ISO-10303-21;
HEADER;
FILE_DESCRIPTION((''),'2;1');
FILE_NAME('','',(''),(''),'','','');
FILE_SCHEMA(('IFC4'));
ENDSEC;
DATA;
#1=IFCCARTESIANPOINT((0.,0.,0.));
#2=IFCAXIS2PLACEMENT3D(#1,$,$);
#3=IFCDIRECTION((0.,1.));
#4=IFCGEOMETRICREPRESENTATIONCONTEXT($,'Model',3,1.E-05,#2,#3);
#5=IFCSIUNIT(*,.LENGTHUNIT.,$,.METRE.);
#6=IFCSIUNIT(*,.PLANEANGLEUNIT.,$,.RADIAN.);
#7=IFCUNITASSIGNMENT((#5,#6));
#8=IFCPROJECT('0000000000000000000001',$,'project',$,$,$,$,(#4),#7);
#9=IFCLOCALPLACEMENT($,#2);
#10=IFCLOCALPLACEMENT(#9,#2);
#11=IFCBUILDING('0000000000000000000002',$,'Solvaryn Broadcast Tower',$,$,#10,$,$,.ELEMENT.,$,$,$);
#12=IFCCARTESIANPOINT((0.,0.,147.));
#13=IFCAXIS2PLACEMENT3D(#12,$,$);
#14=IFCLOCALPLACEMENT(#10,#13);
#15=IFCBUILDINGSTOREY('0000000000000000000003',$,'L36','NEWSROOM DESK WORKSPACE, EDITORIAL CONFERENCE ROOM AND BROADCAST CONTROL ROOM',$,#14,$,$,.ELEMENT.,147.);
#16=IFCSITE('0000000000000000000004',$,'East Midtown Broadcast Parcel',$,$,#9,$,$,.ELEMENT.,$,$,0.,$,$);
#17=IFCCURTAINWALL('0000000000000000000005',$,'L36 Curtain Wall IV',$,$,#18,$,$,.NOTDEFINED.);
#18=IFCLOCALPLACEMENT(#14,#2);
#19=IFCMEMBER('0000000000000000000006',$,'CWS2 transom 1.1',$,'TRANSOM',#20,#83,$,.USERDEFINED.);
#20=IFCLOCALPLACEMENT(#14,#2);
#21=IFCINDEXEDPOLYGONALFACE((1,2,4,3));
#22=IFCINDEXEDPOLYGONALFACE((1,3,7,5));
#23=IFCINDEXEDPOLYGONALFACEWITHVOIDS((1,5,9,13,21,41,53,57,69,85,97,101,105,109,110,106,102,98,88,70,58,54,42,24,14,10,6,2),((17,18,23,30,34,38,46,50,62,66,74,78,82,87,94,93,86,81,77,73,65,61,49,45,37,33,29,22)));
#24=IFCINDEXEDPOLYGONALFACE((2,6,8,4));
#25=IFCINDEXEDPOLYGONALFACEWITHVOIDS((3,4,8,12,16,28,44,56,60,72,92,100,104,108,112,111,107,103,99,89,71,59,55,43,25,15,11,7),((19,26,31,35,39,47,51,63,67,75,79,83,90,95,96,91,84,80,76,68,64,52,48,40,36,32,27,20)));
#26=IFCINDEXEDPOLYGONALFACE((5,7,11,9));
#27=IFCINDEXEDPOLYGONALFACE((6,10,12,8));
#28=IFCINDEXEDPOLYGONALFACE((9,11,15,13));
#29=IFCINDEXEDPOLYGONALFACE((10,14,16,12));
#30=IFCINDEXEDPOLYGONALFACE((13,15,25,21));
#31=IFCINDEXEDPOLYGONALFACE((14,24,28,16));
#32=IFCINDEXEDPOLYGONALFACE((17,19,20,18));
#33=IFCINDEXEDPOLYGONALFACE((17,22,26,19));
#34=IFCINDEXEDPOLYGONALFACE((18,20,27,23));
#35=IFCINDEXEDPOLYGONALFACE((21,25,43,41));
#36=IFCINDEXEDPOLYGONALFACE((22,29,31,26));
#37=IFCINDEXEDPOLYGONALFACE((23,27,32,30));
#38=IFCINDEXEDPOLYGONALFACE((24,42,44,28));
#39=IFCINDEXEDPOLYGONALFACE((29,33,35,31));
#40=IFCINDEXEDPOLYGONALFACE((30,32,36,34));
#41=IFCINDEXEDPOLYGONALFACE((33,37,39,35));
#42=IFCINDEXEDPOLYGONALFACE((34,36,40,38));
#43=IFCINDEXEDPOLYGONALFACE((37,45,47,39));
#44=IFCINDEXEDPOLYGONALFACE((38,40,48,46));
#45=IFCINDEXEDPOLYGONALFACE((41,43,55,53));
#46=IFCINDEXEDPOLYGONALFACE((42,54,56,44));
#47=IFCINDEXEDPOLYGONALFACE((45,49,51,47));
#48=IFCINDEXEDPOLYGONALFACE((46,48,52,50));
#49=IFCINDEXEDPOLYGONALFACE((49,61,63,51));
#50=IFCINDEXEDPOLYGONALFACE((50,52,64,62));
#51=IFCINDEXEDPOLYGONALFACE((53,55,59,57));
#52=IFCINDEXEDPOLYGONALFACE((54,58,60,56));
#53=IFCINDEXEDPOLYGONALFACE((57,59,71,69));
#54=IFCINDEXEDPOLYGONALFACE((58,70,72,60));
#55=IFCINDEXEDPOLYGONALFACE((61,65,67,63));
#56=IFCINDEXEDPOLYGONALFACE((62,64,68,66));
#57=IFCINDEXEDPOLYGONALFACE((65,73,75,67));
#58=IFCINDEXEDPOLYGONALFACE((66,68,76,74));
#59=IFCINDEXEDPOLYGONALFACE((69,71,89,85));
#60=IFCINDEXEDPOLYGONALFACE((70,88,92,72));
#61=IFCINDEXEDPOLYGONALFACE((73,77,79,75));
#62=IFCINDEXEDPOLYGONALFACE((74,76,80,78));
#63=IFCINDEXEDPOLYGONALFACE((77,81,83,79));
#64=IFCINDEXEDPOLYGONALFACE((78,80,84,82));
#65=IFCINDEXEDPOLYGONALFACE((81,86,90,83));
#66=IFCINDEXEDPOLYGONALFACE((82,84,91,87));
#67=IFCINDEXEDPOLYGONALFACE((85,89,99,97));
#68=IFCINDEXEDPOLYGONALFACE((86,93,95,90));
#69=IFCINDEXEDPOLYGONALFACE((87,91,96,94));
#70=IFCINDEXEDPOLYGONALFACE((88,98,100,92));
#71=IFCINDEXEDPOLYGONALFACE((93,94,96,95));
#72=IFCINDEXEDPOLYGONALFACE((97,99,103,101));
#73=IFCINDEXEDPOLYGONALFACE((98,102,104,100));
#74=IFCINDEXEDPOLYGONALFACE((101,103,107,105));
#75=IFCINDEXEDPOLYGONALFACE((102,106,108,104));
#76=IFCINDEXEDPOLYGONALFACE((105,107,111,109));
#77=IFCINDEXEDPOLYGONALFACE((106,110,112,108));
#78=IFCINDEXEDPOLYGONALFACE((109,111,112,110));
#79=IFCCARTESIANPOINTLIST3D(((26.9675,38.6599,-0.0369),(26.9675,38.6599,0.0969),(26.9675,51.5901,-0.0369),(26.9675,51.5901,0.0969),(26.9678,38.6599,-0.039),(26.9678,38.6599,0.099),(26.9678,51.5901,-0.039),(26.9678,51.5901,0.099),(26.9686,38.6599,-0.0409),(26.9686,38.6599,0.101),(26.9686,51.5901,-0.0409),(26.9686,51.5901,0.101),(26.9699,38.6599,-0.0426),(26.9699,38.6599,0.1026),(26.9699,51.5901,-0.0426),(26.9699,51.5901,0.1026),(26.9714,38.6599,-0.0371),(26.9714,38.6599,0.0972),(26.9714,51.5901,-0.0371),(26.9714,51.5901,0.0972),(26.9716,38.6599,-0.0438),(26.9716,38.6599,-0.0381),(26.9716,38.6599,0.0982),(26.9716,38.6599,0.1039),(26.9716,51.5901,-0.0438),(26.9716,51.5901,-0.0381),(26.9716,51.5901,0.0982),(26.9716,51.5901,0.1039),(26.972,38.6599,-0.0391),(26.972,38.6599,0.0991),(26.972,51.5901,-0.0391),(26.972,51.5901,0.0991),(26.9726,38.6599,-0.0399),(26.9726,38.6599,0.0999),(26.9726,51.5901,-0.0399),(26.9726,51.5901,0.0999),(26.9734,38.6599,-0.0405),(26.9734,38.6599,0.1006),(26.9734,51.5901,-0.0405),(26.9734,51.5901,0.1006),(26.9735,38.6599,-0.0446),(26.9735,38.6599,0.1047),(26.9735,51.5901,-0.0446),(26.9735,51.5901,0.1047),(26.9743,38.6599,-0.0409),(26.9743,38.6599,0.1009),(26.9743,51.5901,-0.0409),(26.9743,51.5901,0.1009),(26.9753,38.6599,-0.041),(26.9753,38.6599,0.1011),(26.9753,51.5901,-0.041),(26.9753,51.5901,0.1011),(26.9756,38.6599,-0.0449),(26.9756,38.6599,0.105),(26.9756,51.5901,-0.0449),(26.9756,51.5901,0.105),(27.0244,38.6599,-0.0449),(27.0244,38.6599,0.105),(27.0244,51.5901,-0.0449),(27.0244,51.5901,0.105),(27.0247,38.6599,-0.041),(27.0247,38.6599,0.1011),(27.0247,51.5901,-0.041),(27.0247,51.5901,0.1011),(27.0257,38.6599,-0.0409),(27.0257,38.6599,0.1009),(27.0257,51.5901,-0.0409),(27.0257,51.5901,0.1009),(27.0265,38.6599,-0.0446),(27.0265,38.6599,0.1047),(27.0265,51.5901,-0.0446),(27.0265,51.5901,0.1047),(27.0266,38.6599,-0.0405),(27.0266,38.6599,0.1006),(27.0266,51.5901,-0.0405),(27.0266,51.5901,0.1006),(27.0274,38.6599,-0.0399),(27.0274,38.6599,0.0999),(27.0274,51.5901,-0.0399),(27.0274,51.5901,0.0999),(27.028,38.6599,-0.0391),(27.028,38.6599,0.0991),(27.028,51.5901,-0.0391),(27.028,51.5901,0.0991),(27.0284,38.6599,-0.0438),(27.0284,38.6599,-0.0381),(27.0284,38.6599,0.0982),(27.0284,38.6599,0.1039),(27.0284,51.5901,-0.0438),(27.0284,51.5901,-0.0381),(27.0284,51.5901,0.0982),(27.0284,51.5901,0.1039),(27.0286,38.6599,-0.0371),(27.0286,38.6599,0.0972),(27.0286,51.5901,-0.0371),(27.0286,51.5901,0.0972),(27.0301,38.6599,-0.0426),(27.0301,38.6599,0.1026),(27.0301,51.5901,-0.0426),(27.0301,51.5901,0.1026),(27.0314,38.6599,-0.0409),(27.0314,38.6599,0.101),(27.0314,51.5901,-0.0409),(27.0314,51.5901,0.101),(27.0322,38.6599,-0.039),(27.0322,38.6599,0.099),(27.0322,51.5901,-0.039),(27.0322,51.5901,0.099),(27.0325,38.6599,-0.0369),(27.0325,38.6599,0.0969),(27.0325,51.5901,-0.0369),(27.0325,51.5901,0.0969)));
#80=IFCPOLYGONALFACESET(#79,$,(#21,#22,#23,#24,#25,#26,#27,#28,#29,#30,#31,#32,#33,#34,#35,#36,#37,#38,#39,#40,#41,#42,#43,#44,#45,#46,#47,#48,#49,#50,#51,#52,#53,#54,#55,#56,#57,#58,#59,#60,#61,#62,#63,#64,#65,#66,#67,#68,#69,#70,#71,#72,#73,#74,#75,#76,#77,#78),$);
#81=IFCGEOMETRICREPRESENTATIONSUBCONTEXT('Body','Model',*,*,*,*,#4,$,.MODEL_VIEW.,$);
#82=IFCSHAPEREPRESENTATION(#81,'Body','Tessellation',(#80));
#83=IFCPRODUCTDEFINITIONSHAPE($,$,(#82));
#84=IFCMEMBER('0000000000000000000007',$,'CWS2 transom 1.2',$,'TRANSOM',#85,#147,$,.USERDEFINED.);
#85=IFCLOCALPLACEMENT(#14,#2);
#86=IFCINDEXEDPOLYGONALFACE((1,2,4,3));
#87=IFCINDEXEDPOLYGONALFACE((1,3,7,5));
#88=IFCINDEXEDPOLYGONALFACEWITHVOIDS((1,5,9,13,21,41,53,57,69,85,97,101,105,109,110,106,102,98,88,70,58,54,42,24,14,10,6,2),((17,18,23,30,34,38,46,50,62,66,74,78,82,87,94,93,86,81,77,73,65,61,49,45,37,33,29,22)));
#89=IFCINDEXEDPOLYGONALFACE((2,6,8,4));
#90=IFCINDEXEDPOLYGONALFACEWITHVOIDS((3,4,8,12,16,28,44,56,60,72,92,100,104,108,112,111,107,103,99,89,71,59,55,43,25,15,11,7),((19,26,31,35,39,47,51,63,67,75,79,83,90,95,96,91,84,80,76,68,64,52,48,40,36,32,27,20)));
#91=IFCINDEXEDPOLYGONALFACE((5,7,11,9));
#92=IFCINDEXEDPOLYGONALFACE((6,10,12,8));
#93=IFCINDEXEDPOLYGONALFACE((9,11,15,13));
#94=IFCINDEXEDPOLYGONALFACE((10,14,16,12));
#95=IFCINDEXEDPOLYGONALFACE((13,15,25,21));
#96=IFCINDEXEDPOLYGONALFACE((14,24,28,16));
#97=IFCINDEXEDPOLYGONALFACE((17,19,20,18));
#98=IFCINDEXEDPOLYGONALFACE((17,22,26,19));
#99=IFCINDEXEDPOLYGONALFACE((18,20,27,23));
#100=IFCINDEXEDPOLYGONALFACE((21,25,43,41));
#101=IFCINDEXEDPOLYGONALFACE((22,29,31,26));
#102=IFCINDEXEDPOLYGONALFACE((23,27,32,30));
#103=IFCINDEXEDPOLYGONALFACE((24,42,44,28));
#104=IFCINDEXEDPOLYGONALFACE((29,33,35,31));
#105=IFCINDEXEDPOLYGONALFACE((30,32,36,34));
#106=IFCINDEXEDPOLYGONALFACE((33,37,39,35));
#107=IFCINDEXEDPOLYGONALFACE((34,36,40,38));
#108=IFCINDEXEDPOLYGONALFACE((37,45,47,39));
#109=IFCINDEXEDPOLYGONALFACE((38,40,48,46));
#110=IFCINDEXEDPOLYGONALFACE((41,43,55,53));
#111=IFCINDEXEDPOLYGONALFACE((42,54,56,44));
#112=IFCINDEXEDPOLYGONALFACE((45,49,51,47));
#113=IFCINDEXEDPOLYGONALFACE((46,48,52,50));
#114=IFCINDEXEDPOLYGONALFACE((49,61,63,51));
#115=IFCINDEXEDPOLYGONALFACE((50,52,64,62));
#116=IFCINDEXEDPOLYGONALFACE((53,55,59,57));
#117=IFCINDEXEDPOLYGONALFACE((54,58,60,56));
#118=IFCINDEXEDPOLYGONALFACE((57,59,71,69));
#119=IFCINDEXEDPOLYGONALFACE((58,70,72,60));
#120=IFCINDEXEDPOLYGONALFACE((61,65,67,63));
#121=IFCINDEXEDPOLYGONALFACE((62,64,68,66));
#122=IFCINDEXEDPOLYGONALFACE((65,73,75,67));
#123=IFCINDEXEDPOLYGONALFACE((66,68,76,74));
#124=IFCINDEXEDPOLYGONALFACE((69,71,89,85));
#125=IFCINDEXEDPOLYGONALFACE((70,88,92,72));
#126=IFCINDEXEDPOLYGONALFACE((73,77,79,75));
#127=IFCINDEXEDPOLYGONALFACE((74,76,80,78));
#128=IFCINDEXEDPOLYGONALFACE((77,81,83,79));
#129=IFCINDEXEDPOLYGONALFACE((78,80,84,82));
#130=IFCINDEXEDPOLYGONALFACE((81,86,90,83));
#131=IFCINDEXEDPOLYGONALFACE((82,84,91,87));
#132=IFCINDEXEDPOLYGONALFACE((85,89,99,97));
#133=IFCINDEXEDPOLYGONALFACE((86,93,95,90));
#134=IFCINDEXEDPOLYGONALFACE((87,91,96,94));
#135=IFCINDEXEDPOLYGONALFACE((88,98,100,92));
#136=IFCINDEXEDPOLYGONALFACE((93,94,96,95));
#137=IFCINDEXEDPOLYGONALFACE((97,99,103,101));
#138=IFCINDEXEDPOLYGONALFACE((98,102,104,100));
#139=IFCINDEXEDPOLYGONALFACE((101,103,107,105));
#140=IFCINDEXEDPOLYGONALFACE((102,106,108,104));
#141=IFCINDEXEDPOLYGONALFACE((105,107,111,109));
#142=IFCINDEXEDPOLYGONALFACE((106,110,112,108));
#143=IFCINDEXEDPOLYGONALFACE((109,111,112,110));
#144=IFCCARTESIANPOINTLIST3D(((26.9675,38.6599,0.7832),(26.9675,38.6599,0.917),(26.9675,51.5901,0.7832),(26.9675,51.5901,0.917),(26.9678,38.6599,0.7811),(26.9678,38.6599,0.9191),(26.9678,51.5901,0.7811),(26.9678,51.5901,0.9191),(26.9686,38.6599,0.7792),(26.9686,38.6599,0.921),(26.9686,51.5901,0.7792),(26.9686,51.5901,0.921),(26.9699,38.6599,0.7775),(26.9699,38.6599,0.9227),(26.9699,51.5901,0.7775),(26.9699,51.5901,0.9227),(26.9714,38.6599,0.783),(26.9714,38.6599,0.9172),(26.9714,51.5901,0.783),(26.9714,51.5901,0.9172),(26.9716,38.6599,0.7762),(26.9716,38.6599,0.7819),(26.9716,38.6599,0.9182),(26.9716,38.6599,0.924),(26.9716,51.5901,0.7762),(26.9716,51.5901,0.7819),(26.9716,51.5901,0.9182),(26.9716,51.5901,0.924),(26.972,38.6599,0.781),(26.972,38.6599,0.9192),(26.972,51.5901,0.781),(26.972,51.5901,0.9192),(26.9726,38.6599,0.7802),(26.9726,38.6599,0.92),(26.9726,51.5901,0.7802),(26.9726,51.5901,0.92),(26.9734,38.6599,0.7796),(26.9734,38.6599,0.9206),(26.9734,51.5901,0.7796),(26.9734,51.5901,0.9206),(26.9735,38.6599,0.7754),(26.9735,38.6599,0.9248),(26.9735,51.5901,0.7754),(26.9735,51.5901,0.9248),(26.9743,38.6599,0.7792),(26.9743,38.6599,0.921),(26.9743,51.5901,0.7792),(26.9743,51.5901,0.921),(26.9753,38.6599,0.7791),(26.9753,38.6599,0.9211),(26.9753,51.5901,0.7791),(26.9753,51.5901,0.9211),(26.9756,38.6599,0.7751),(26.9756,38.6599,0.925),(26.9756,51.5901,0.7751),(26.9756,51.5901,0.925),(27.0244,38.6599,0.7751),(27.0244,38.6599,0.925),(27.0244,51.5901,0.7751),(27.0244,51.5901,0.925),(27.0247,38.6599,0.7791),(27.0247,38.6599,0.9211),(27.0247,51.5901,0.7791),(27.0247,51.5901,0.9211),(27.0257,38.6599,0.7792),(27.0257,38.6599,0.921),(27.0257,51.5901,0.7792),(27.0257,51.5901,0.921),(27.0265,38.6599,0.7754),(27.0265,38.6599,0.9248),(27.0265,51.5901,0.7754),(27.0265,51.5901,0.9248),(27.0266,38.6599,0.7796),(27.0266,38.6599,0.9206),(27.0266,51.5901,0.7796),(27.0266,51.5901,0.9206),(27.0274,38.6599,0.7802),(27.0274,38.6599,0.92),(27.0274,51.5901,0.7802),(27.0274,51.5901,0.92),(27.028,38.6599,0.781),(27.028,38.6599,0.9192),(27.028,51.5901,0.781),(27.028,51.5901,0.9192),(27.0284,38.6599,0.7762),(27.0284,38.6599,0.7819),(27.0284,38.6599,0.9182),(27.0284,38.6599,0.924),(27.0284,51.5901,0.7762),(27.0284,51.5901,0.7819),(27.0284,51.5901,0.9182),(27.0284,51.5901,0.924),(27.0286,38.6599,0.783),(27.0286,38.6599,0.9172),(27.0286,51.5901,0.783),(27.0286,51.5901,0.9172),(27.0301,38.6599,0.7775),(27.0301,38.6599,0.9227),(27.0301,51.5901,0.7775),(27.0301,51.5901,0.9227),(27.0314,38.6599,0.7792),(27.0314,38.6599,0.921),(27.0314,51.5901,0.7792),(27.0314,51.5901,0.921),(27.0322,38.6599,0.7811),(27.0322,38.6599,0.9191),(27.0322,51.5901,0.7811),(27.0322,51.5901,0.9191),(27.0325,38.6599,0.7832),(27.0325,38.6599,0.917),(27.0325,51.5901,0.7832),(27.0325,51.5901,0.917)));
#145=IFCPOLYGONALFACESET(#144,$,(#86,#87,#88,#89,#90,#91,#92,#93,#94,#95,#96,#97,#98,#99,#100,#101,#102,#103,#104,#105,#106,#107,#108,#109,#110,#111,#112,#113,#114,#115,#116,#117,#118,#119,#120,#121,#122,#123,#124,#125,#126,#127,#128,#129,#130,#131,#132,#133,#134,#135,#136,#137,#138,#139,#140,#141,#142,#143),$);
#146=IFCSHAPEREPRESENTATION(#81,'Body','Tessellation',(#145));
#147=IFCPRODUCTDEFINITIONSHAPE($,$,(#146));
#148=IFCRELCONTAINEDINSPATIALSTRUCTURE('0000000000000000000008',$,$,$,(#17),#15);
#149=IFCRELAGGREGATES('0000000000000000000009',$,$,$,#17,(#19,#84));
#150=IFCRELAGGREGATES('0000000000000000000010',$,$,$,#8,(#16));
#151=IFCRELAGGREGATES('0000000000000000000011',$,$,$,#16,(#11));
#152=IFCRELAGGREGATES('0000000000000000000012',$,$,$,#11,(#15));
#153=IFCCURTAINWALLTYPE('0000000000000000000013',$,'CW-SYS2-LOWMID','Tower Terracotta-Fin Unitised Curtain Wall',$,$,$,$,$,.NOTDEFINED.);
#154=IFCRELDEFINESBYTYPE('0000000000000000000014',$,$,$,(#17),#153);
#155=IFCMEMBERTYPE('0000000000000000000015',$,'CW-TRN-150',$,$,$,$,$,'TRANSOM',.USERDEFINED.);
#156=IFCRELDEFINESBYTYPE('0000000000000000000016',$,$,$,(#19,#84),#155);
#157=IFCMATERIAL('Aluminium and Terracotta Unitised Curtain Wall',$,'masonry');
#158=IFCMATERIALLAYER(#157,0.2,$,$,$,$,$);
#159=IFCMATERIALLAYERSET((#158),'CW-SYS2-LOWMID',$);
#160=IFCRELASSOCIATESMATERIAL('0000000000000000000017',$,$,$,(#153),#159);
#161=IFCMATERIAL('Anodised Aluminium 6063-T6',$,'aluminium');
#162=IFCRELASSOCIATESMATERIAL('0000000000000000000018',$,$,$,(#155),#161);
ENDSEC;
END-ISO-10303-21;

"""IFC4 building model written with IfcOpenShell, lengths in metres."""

from ifc_helpers import new_model, si_unit, direction, frame, origin, origin_2d, place, context, subcontext, project, spatial, hollow_rectangle, extrude, material, layer, layer_set, material_profile, profile_set, type_object, element, aggregate, save


model = new_model("IFC4")

# Units and contexts
model_context = context("Model", 3, precision=1e-05, world=origin(), true_north=direction((0.0, 1.0)))
body_context = subcontext(model_context, "Body", "Model", "MODEL_VIEW")
ifc_project = project(units=[si_unit("LENGTHUNIT", "METRE"), si_unit("PLANEANGLEUNIT", "RADIAN")], contexts=[model_context])

# Site, building, storey
site_placement = place(None, origin())
site = spatial("IfcSite", under=ifc_project, at=site_placement, Name="East Midtown Broadcast Parcel", CompositionType="ELEMENT", RefElevation=0.0)
building_placement = place(site_placement, origin())
building = spatial("IfcBuilding", under=site, at=building_placement, Name="Solvaryn Broadcast Tower", CompositionType="ELEMENT")
storey_placement = place(building_placement, frame((0.0, 0.0, 147.0)))
storey = spatial("IfcBuildingStorey", under=building, at=storey_placement, Name="L36", Description="NEWSROOM DESK WORKSPACE, EDITORIAL CONFERENCE ROOM AND BROADCAST CONTROL ROOM", CompositionType="ELEMENT", Elevation=147.0)

# Curtain wall
ifc_material_1 = material(Name="Aluminium and Terracotta Unitised Curtain Wall", Category="masonry")
ifc_layer_1 = layer(ifc_material_1, 0.2)
ifc_layer_set_1 = layer_set([ifc_layer_1], Name="CW-SYS2-LOWMID")
curtain_wall_type = type_object("IfcCurtainWallType", Name="CW-SYS2-LOWMID", Description="Tower Terracotta-Fin Unitised Curtain Wall", PredefinedType="NOTDEFINED", material=ifc_layer_set_1)
curtain_wall_1_placement = place(storey_placement, origin())
curtain_wall_1 = element("IfcCurtainWall", 1, at=curtain_wall_1_placement, inside=storey, type_object=curtain_wall_type, Name="L36 Curtain Wall IV", PredefinedType="NOTDEFINED")

# Members
ifc_material_2 = material(Name="Anodised Aluminium 6063-T6", Category="aluminium")
ifc_material_profile_1 = material_profile(ifc_material_2, hollow_rectangle(XDim=0.0649, YDim=0.1499, WallThickness=0.0039, InnerFilletRadius=0.0039, OuterFilletRadius=0.0081, at=origin_2d()))
ifc_profile_set_1 = profile_set([ifc_material_profile_1], Name="Anodised Aluminium 6063-T6")
member_type_1 = type_object("IfcMemberType", Name="CW-TRN-150", ElementType="TRANSOM", PredefinedType="USERDEFINED", material=ifc_profile_set_1)
member_1_placement = place(storey_placement, frame((27.0, 51.5901, 0.03), z_axis=(0.0, -1.0, 0.0), x_axis=(1.0, 0.0, 0.0)))
member_1 = element("IfcMember", 2, at=member_1_placement, type_object=member_type_1, Name="CWS2 transom 1.1", ObjectType="TRANSOM", PredefinedType="USERDEFINED", context=body_context, shape_type="SweptSolid", body=[
    extrude(hollow_rectangle(XDim=0.0649, YDim=0.1499, WallThickness=0.0039, InnerFilletRadius=0.0039, OuterFilletRadius=0.0081, at=origin_2d()), origin(), (0.0, 0.0, 1.0), 12.9302),
])
member_2_placement = place(storey_placement, frame((27.0, 51.5901, 0.8501), z_axis=(0.0, -1.0, 0.0), x_axis=(1.0, 0.0, 0.0)))
member_2 = element("IfcMember", 3, at=member_2_placement, type_object=member_type_1, Name="CWS2 transom 1.2", ObjectType="TRANSOM", PredefinedType="USERDEFINED", context=body_context, shape_type="SweptSolid", body=[
    extrude(hollow_rectangle(XDim=0.0649, YDim=0.1499, WallThickness=0.0039, InnerFilletRadius=0.0039, OuterFilletRadius=0.0081, at=origin_2d()), origin(), (0.0, 0.0, 1.0), 12.9302),
])

aggregate(curtain_wall_1, [member_1, member_2])

save(model, "model.ifc")
